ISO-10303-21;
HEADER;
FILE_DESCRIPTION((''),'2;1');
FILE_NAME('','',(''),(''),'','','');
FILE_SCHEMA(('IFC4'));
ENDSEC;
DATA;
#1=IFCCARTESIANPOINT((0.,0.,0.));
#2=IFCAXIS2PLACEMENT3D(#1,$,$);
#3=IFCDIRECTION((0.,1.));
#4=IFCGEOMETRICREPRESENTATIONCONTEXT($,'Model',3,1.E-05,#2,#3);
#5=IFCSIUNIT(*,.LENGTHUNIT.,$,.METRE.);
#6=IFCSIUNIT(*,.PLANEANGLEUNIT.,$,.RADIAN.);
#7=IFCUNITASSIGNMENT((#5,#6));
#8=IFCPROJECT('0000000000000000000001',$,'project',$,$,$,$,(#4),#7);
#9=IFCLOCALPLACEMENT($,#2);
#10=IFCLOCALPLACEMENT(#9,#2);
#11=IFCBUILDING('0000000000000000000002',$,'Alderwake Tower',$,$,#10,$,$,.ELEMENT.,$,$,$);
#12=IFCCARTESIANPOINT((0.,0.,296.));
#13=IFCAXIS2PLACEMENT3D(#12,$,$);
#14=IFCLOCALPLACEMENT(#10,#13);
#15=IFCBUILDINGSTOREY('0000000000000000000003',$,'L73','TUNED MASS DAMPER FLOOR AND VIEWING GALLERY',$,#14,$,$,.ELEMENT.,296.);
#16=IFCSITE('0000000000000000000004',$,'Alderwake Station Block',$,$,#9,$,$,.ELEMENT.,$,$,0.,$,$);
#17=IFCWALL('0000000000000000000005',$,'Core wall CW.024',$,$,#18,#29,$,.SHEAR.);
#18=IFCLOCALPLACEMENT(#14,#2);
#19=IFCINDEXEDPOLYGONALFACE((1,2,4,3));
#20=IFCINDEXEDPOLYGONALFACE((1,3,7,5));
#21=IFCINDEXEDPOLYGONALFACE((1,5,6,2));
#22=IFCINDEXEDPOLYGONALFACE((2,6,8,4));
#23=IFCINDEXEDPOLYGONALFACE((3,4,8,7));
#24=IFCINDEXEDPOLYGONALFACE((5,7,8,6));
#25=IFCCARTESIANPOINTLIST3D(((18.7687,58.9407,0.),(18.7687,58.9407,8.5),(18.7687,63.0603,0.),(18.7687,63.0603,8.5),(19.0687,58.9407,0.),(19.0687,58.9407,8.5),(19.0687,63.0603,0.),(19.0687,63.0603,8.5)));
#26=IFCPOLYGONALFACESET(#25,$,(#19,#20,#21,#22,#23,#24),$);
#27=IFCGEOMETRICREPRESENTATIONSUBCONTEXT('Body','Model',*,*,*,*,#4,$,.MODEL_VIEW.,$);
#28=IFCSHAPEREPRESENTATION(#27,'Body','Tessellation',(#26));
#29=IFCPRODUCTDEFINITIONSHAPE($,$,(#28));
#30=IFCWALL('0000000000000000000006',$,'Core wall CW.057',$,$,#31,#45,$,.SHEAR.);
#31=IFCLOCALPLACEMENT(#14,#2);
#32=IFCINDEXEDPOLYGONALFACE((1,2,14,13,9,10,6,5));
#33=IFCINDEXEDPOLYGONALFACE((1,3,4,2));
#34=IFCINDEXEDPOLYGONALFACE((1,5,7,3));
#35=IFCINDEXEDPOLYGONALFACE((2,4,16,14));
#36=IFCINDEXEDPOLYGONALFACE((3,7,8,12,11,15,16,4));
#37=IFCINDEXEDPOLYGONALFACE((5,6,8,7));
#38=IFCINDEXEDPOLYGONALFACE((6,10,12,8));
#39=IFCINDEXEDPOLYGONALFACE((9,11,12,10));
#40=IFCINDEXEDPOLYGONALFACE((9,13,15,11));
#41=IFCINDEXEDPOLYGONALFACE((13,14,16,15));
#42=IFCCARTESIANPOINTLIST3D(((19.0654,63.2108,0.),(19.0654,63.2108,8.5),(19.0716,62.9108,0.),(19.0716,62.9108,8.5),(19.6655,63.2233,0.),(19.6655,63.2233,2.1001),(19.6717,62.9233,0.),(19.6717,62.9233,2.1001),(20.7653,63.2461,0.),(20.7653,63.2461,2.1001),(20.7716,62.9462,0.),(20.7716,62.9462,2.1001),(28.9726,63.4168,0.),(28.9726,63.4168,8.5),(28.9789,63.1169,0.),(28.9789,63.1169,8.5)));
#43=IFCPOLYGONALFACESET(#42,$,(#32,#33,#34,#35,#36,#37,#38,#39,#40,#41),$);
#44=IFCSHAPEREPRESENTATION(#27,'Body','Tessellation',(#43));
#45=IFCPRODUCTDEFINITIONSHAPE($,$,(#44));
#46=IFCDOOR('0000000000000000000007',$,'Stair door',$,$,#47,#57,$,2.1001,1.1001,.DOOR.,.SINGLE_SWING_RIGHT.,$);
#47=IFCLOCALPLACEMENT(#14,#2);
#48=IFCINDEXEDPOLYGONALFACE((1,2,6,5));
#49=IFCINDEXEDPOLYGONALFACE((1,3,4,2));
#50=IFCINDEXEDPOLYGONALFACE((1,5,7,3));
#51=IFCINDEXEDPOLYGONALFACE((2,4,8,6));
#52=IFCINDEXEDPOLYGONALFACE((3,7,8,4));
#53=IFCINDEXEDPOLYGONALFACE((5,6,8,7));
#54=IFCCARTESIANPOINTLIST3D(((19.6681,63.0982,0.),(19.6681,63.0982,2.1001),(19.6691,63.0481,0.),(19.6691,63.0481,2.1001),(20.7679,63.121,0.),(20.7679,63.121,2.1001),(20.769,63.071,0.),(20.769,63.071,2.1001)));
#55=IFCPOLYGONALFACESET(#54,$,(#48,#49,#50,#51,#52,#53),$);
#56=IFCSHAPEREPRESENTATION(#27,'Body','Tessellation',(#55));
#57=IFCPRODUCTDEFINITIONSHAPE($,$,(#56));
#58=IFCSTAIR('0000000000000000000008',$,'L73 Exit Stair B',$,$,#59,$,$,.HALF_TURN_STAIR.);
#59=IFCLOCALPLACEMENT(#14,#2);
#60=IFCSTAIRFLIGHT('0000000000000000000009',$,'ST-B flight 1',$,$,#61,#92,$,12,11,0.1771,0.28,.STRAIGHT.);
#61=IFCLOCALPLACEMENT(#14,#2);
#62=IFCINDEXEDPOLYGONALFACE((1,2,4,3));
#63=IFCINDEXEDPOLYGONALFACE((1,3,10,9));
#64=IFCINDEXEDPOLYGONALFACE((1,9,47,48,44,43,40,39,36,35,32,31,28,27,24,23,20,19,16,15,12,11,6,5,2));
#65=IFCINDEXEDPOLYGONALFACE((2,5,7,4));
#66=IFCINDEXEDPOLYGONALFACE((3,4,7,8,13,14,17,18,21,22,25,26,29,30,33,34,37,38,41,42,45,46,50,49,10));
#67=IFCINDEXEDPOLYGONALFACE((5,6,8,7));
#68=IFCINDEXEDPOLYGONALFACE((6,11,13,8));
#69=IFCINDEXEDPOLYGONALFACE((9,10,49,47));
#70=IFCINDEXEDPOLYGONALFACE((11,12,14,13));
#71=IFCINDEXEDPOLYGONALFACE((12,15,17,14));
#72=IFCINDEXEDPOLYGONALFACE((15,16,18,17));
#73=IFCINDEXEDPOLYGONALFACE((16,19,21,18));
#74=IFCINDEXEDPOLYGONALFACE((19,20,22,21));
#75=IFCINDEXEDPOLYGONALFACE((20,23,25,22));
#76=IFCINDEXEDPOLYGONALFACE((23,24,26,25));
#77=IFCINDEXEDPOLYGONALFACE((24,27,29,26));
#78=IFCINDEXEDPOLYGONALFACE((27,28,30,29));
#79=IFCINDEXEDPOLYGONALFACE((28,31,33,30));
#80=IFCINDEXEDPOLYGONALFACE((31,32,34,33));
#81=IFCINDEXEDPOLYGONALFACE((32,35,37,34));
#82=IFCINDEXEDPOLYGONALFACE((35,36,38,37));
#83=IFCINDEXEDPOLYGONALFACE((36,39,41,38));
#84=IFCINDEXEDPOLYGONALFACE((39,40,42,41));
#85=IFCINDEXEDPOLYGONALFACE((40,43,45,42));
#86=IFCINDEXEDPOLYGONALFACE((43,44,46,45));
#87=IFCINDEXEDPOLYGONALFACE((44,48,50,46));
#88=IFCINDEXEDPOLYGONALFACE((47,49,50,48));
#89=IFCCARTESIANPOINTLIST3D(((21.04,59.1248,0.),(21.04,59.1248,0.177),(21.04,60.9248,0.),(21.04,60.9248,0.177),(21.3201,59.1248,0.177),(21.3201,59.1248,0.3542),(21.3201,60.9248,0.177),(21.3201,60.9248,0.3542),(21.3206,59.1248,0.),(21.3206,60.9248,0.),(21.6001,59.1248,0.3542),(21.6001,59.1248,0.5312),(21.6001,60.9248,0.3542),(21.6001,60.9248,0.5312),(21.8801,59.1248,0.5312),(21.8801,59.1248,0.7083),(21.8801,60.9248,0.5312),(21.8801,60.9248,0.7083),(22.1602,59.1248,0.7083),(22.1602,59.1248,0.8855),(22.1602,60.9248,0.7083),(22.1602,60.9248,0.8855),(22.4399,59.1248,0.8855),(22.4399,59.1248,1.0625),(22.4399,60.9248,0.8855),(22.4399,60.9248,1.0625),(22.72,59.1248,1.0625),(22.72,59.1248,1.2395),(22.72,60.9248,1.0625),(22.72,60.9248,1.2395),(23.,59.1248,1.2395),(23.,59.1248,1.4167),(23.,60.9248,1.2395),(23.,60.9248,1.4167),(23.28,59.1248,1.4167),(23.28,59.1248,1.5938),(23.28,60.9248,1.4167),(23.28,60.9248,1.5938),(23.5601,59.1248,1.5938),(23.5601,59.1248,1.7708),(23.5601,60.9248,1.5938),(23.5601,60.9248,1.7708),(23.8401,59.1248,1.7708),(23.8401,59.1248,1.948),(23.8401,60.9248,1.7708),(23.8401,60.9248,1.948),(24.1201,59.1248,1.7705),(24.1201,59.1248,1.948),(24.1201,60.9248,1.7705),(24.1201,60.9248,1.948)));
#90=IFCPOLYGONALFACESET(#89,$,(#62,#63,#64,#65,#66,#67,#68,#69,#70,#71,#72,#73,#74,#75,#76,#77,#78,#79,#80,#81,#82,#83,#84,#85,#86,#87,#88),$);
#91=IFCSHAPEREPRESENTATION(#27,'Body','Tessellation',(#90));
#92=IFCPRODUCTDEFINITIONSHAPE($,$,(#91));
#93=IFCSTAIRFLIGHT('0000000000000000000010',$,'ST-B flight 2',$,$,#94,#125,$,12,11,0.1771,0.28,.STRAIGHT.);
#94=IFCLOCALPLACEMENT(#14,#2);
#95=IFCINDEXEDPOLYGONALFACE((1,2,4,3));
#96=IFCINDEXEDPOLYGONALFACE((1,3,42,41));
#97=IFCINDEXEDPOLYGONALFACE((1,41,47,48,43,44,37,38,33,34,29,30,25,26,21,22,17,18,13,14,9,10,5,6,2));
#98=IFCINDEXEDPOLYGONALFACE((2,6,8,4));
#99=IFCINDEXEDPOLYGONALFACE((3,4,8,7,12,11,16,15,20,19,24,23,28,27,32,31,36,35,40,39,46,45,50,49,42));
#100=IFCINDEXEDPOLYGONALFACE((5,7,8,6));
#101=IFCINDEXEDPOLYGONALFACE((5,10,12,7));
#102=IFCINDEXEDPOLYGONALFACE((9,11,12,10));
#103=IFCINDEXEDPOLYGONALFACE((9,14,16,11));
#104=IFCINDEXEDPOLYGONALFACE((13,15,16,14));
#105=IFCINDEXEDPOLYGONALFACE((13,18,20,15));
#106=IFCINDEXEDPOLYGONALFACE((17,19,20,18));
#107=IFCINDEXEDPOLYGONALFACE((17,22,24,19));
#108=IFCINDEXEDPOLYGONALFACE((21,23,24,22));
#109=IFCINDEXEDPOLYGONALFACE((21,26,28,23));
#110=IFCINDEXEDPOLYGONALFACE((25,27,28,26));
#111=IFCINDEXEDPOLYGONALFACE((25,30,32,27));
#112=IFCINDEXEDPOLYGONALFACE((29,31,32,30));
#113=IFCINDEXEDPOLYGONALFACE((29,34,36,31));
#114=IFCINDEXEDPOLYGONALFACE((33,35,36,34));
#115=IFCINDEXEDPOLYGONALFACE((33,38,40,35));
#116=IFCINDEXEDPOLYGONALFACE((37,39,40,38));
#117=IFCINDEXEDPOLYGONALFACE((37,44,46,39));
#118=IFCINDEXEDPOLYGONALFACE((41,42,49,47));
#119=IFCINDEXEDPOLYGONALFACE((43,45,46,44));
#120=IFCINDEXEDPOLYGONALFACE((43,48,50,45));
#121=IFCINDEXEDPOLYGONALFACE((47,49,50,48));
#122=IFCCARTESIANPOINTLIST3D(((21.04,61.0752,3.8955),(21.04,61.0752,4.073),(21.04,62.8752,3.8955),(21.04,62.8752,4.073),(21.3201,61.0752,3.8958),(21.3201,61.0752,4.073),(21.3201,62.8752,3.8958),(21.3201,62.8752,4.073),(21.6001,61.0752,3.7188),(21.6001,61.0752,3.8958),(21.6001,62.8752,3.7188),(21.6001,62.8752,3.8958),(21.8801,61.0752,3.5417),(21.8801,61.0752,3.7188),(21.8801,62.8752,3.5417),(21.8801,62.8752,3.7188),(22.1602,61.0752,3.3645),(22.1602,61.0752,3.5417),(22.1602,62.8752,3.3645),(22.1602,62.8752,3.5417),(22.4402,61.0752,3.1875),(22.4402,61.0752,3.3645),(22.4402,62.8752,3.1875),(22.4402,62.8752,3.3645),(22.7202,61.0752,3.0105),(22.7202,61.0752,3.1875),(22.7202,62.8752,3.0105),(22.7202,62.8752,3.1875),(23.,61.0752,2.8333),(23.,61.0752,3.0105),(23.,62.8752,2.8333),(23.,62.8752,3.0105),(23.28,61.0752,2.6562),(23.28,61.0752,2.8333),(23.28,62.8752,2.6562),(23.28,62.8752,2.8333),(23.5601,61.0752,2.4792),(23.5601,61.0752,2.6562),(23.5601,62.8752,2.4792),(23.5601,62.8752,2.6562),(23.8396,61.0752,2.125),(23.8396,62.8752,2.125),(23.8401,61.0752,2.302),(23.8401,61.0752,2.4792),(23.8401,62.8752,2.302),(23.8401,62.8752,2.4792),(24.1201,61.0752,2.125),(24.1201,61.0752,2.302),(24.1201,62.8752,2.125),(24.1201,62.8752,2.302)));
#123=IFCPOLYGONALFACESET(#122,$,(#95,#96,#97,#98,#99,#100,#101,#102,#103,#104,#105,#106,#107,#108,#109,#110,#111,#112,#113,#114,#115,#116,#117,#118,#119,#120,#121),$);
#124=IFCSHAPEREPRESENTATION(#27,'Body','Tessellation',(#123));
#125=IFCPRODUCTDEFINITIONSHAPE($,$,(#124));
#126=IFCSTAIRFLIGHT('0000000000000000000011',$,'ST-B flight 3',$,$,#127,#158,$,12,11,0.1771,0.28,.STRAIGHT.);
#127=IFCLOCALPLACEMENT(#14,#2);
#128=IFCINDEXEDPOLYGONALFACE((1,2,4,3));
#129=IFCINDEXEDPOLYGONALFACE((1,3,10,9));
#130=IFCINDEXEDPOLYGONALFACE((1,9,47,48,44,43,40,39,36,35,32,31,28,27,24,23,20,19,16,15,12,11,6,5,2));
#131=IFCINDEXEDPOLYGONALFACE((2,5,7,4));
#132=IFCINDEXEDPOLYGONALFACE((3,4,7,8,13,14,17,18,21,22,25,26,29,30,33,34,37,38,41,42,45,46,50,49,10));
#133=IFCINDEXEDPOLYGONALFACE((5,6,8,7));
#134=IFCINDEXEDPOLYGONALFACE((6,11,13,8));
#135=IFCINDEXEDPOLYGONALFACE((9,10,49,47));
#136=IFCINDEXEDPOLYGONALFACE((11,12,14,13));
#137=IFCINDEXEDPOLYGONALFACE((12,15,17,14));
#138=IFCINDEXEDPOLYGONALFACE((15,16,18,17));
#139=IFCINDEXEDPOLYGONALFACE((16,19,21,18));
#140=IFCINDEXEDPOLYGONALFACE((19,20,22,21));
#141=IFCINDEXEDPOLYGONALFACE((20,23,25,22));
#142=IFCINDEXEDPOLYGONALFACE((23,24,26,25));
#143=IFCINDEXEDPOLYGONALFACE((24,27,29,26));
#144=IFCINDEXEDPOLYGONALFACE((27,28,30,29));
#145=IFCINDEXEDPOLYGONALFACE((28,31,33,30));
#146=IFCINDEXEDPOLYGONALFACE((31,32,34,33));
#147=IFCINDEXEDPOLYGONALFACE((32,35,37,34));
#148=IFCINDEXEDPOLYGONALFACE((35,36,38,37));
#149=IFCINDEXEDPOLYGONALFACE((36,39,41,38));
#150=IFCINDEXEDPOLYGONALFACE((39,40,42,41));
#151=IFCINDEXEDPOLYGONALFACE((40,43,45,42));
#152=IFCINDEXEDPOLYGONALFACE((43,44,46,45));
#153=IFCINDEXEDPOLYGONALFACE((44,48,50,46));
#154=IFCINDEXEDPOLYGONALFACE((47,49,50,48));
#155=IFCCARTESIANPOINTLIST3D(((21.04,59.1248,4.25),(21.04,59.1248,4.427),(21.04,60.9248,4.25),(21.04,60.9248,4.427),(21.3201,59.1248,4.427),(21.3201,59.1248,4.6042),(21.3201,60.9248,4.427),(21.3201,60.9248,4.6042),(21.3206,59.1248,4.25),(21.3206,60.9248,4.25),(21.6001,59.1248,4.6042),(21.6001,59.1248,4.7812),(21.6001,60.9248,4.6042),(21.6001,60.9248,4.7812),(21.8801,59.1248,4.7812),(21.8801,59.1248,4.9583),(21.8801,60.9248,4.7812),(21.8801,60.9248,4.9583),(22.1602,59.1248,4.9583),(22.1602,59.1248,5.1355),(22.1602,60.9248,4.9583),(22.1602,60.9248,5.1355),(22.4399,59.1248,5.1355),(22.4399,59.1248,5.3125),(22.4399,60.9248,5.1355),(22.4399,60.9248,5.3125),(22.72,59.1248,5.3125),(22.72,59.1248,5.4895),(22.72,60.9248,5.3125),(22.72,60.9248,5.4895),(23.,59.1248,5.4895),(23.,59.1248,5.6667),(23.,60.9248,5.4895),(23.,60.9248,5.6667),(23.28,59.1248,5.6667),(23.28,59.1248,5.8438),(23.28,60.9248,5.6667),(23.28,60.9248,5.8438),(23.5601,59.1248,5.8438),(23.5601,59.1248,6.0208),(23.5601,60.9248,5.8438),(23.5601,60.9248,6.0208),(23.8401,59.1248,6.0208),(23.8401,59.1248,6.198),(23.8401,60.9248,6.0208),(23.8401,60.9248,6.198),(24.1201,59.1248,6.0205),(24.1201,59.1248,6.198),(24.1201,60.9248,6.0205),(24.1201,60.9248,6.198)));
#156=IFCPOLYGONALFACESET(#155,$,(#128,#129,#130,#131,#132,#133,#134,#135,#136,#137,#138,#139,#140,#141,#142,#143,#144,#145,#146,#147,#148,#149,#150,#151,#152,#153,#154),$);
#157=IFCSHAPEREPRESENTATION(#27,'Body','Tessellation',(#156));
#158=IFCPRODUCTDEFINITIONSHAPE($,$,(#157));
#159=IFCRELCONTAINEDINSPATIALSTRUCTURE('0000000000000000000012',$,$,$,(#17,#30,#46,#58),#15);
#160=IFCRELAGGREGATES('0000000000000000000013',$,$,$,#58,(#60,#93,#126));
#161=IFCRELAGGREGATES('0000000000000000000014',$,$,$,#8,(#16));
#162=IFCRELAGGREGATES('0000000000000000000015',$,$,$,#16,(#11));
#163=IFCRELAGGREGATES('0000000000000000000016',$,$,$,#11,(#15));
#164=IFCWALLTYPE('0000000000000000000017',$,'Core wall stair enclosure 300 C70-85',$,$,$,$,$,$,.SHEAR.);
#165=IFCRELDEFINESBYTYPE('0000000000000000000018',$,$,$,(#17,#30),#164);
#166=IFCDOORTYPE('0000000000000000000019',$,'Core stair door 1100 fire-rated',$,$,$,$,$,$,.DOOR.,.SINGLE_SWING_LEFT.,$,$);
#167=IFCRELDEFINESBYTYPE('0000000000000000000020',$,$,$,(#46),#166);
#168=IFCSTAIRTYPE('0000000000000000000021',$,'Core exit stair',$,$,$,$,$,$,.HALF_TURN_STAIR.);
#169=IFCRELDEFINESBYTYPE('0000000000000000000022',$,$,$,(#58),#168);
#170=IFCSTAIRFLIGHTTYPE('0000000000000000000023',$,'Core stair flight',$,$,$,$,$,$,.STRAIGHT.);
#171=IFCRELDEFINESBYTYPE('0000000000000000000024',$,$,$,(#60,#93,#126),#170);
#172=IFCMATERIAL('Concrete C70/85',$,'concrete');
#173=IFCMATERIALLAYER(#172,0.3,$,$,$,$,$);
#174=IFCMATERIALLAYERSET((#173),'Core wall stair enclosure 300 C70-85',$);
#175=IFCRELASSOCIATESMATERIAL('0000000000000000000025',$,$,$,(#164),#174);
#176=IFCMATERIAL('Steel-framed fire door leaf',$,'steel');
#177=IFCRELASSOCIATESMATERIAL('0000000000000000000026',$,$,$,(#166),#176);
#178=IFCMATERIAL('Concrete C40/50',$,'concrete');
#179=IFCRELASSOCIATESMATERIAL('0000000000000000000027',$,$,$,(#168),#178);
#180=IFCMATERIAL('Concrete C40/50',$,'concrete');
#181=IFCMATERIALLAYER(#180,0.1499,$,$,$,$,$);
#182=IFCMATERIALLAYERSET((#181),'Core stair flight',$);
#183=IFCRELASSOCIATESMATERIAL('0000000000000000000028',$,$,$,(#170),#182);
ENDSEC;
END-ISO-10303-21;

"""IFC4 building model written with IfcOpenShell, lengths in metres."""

from ifc_helpers import new_model, si_unit, direction, frame, frame_2d, origin, place, context, subcontext, project, spatial, polyline, rectangle, outline, extrude, material, layer, layer_set, type_object, element, fill, aggregate, save


model = new_model("IFC4")

# Units and contexts
model_context = context("Model", 3, precision=1e-05, world=origin(), true_north=direction((0.0, 1.0)))
body_context = subcontext(model_context, "Body", "Model", "MODEL_VIEW")
ifc_project = project(units=[si_unit("LENGTHUNIT", "METRE"), si_unit("PLANEANGLEUNIT", "RADIAN")], contexts=[model_context])

# Site, building, storey
site_placement = place(None, origin())
site = spatial("IfcSite", under=ifc_project, at=site_placement, Name="Alderwake Station Block", CompositionType="ELEMENT", RefElevation=0.0)
building_placement = place(site_placement, origin())
building = spatial("IfcBuilding", under=site, at=building_placement, Name="Alderwake Tower", CompositionType="ELEMENT")
storey_placement = place(building_placement, frame((0.0, 0.0, 296.0)))
storey = spatial("IfcBuildingStorey", under=building, at=storey_placement, Name="L73", Description="TUNED MASS DAMPER FLOOR AND VIEWING GALLERY", CompositionType="ELEMENT", Elevation=296.0)

# Wall
ifc_material_1 = material(Name="Concrete C70/85", Category="concrete")
ifc_layer_1 = layer(ifc_material_1, 0.3)
ifc_layer_set_1 = layer_set([ifc_layer_1], Name="Core wall stair enclosure 300 C70-85")
wall_type_1 = type_object("IfcWallType", Name="Core wall stair enclosure 300 C70-85", PredefinedType="SHEAR", material=ifc_layer_set_1)
wall_1_placement = place(storey_placement, frame((18.9187, 58.9407, 0.0), z_axis=(0.0, 0.0, 1.0), x_axis=(0.0, 1.0, 0.0)))
element("IfcWall", 1, at=wall_1_placement, inside=storey, type_object=wall_type_1, Name="Core wall CW.024", PredefinedType="SHEAR", context=body_context, shape_type="SweptSolid", body=[
    extrude(rectangle(XDim=4.1196, YDim=0.3, at=frame_2d((2.0598, 0.0))), origin(), (0.0, 0.0, 1.0), 8.5),
])

# Wall, opening, door
wall_2_placement = place(storey_placement, frame((19.0686, 63.0608, 0.0), z_axis=(0.0, 0.0, 1.0), x_axis=(0.999784, 0.020794, 0.0)))
wall_2 = element("IfcWall", 2, at=wall_2_placement, inside=storey, type_object=wall_type_1, Name="Core wall CW.057", PredefinedType="SHEAR", context=body_context, shape_type="SweptSolid", body=[
    extrude(rectangle(XDim=9.9094, YDim=0.3, at=frame_2d((4.9546, 0.0))), origin(), (0.0, 0.0, 1.0), 8.5),
])
opening_1_placement = place(wall_2_placement, frame((0.6001, 0.0, 0.0)))
opening_1 = element("IfcOpeningElement", 3, at=opening_1_placement, cuts=wall_2, PredefinedType="OPENING", context=body_context, shape_type="SweptSolid", body=[
    extrude(rectangle(XDim=1.1001, YDim=2.1001, at=frame_2d((0.55, 1.05))), frame((0.0, 0.1599, 0.0), z_axis=(0.0, -1.0, 0.0), x_axis=(1.0, 0.0, 0.0)), (0.0, 0.0, 1.0), 0.3201),
])
ifc_material_2 = material(Name="Steel-framed fire door leaf", Category="steel")
door_type_1 = type_object("IfcDoorType", Name="Core stair door 1100 fire-rated", OperationType="SINGLE_SWING_LEFT", PredefinedType="DOOR", material=ifc_material_2)
door_1_placement = place(opening_1_placement, origin())
door_1 = element("IfcDoor", 4, at=door_1_placement, inside=storey, type_object=door_type_1, Name="Stair door", OperationType="SINGLE_SWING_RIGHT", OverallHeight=2.1001, OverallWidth=1.1001, PredefinedType="DOOR", context=body_context, shape_type="SweptSolid", body=[
    extrude(rectangle(XDim=1.1001, YDim=2.1001, at=frame_2d((0.55, 1.05))), frame((0.0, 0.0249, 0.0), z_axis=(0.0, -1.0, 0.0), x_axis=(1.0, 0.0, 0.0)), (0.0, 0.0, 1.0), 0.05),
])
fill(opening_1, door_1)

# Stair, stair flights
ifc_material_3 = material(Name="Concrete C40/50", Category="concrete")
stair_type = type_object("IfcStairType", Name="Core exit stair", PredefinedType="HALF_TURN_STAIR", material=ifc_material_3)
stair_placement = place(storey_placement, origin())
stair = element("IfcStair", 5, at=stair_placement, inside=storey, type_object=stair_type, Name="L73 Exit Stair B", PredefinedType="HALF_TURN_STAIR")
ifc_material_4 = material(Name="Concrete C40/50", Category="concrete")
ifc_layer_2 = layer(ifc_material_4, 0.1499)
ifc_layer_set_2 = layer_set([ifc_layer_2], Name="Core stair flight")
stair_flight_type = type_object("IfcStairFlightType", Name="Core stair flight", PredefinedType="STRAIGHT", material=ifc_layer_set_2)
stair_flight_1_placement = place(storey_placement, frame((21.04, 60.0249, 0.0), z_axis=(0.0, 0.0, 1.0), x_axis=(1.0, 0.0, 0.0)))
stair_flight_1 = element("IfcStairFlight", 6, at=stair_flight_1_placement, type_object=stair_flight_type, Name="ST-B flight 1", NumberOfRisers=12, NumberOfTreads=11, PredefinedType="STRAIGHT", RiserHeight=0.1771, TreadLength=0.28, context=body_context, shape_type="SweptSolid", body=[
    extrude(outline(polyline([(0.0, 0.0), (0.0, 0.177), (0.28, 0.177), (0.28, 0.3542), (0.5601, 0.3542), (0.5601, 0.5312), (0.8401, 0.5312), (0.8401, 0.7083), (1.1201, 0.7083), (1.1201, 0.8855), (1.3999, 0.8855), (1.3999, 1.0625), (1.6799, 1.0625), (1.6799, 1.2395), (1.96, 1.2395), (1.96, 1.4167), (2.24, 1.4167), (2.24, 1.5938), (2.52, 1.5938), (2.52, 1.7708), (2.8, 1.7708), (2.8, 1.948), (3.0801, 1.948), (3.0801, 2.125), (3.0801, 1.7705), (0.2805, 0.0), (0.0, 0.0)])), frame((0.0, 0.8999, 0.0), z_axis=(0.0, -1.0, 0.0), x_axis=(1.0, 0.0, 0.0)), (0.0, 0.0, 1.0), 1.8),
])
stair_flight_2_placement = place(storey_placement, frame((24.1201, 61.9751, 2.125), z_axis=(0.0, 0.0, 1.0), x_axis=(-1.0, 0.0, 0.0)))
stair_flight_2 = element("IfcStairFlight", 7, at=stair_flight_2_placement, type_object=stair_flight_type, Name="ST-B flight 2", NumberOfRisers=12, NumberOfTreads=11, PredefinedType="STRAIGHT", RiserHeight=0.1771, TreadLength=0.28, context=body_context, shape_type="SweptSolid", body=[
    extrude(outline(polyline([(0.0, 0.0), (0.0, 0.177), (0.28, 0.177), (0.28, 0.3542), (0.5601, 0.3542), (0.5601, 0.5312), (0.8401, 0.5312), (0.8401, 0.7083), (1.1201, 0.7083), (1.1201, 0.8855), (1.3999, 0.8855), (1.3999, 1.0625), (1.6799, 1.0625), (1.6799, 1.2395), (1.96, 1.2395), (1.96, 1.4167), (2.24, 1.4167), (2.24, 1.5938), (2.52, 1.5938), (2.52, 1.7708), (2.8, 1.7708), (2.8, 1.948), (3.0801, 1.948), (3.0801, 2.125), (3.0801, 1.7705), (0.2805, 0.0), (0.0, 0.0)])), frame((0.0, 0.8999, 0.0), z_axis=(0.0, -1.0, 0.0), x_axis=(1.0, 0.0, 0.0)), (0.0, 0.0, 1.0), 1.8),
])
stair_flight_3_placement = place(storey_placement, frame((21.04, 60.0249, 4.25), z_axis=(0.0, 0.0, 1.0), x_axis=(1.0, 0.0, 0.0)))
stair_flight_3 = element("IfcStairFlight", 8, at=stair_flight_3_placement, type_object=stair_flight_type, Name="ST-B flight 3", NumberOfRisers=12, NumberOfTreads=11, PredefinedType="STRAIGHT", RiserHeight=0.1771, TreadLength=0.28, context=body_context, shape_type="SweptSolid", body=[
    extrude(outline(polyline([(0.0, 0.0), (0.0, 0.177), (0.28, 0.177), (0.28, 0.3542), (0.5601, 0.3542), (0.5601, 0.5312), (0.8401, 0.5312), (0.8401, 0.7083), (1.1201, 0.7083), (1.1201, 0.8855), (1.3999, 0.8855), (1.3999, 1.0625), (1.6799, 1.0625), (1.6799, 1.2395), (1.96, 1.2395), (1.96, 1.4167), (2.24, 1.4167), (2.24, 1.5938), (2.52, 1.5938), (2.52, 1.7708), (2.8, 1.7708), (2.8, 1.948), (3.0801, 1.948), (3.0801, 2.125), (3.0801, 1.7705), (0.2805, 0.0), (0.0, 0.0)])), frame((0.0, 0.8999, 0.0), z_axis=(0.0, -1.0, 0.0), x_axis=(1.0, 0.0, 0.0)), (0.0, 0.0, 1.0), 1.8),
])
aggregate(stair, [stair_flight_1, stair_flight_2, stair_flight_3])

save(model, "model.ifc")
